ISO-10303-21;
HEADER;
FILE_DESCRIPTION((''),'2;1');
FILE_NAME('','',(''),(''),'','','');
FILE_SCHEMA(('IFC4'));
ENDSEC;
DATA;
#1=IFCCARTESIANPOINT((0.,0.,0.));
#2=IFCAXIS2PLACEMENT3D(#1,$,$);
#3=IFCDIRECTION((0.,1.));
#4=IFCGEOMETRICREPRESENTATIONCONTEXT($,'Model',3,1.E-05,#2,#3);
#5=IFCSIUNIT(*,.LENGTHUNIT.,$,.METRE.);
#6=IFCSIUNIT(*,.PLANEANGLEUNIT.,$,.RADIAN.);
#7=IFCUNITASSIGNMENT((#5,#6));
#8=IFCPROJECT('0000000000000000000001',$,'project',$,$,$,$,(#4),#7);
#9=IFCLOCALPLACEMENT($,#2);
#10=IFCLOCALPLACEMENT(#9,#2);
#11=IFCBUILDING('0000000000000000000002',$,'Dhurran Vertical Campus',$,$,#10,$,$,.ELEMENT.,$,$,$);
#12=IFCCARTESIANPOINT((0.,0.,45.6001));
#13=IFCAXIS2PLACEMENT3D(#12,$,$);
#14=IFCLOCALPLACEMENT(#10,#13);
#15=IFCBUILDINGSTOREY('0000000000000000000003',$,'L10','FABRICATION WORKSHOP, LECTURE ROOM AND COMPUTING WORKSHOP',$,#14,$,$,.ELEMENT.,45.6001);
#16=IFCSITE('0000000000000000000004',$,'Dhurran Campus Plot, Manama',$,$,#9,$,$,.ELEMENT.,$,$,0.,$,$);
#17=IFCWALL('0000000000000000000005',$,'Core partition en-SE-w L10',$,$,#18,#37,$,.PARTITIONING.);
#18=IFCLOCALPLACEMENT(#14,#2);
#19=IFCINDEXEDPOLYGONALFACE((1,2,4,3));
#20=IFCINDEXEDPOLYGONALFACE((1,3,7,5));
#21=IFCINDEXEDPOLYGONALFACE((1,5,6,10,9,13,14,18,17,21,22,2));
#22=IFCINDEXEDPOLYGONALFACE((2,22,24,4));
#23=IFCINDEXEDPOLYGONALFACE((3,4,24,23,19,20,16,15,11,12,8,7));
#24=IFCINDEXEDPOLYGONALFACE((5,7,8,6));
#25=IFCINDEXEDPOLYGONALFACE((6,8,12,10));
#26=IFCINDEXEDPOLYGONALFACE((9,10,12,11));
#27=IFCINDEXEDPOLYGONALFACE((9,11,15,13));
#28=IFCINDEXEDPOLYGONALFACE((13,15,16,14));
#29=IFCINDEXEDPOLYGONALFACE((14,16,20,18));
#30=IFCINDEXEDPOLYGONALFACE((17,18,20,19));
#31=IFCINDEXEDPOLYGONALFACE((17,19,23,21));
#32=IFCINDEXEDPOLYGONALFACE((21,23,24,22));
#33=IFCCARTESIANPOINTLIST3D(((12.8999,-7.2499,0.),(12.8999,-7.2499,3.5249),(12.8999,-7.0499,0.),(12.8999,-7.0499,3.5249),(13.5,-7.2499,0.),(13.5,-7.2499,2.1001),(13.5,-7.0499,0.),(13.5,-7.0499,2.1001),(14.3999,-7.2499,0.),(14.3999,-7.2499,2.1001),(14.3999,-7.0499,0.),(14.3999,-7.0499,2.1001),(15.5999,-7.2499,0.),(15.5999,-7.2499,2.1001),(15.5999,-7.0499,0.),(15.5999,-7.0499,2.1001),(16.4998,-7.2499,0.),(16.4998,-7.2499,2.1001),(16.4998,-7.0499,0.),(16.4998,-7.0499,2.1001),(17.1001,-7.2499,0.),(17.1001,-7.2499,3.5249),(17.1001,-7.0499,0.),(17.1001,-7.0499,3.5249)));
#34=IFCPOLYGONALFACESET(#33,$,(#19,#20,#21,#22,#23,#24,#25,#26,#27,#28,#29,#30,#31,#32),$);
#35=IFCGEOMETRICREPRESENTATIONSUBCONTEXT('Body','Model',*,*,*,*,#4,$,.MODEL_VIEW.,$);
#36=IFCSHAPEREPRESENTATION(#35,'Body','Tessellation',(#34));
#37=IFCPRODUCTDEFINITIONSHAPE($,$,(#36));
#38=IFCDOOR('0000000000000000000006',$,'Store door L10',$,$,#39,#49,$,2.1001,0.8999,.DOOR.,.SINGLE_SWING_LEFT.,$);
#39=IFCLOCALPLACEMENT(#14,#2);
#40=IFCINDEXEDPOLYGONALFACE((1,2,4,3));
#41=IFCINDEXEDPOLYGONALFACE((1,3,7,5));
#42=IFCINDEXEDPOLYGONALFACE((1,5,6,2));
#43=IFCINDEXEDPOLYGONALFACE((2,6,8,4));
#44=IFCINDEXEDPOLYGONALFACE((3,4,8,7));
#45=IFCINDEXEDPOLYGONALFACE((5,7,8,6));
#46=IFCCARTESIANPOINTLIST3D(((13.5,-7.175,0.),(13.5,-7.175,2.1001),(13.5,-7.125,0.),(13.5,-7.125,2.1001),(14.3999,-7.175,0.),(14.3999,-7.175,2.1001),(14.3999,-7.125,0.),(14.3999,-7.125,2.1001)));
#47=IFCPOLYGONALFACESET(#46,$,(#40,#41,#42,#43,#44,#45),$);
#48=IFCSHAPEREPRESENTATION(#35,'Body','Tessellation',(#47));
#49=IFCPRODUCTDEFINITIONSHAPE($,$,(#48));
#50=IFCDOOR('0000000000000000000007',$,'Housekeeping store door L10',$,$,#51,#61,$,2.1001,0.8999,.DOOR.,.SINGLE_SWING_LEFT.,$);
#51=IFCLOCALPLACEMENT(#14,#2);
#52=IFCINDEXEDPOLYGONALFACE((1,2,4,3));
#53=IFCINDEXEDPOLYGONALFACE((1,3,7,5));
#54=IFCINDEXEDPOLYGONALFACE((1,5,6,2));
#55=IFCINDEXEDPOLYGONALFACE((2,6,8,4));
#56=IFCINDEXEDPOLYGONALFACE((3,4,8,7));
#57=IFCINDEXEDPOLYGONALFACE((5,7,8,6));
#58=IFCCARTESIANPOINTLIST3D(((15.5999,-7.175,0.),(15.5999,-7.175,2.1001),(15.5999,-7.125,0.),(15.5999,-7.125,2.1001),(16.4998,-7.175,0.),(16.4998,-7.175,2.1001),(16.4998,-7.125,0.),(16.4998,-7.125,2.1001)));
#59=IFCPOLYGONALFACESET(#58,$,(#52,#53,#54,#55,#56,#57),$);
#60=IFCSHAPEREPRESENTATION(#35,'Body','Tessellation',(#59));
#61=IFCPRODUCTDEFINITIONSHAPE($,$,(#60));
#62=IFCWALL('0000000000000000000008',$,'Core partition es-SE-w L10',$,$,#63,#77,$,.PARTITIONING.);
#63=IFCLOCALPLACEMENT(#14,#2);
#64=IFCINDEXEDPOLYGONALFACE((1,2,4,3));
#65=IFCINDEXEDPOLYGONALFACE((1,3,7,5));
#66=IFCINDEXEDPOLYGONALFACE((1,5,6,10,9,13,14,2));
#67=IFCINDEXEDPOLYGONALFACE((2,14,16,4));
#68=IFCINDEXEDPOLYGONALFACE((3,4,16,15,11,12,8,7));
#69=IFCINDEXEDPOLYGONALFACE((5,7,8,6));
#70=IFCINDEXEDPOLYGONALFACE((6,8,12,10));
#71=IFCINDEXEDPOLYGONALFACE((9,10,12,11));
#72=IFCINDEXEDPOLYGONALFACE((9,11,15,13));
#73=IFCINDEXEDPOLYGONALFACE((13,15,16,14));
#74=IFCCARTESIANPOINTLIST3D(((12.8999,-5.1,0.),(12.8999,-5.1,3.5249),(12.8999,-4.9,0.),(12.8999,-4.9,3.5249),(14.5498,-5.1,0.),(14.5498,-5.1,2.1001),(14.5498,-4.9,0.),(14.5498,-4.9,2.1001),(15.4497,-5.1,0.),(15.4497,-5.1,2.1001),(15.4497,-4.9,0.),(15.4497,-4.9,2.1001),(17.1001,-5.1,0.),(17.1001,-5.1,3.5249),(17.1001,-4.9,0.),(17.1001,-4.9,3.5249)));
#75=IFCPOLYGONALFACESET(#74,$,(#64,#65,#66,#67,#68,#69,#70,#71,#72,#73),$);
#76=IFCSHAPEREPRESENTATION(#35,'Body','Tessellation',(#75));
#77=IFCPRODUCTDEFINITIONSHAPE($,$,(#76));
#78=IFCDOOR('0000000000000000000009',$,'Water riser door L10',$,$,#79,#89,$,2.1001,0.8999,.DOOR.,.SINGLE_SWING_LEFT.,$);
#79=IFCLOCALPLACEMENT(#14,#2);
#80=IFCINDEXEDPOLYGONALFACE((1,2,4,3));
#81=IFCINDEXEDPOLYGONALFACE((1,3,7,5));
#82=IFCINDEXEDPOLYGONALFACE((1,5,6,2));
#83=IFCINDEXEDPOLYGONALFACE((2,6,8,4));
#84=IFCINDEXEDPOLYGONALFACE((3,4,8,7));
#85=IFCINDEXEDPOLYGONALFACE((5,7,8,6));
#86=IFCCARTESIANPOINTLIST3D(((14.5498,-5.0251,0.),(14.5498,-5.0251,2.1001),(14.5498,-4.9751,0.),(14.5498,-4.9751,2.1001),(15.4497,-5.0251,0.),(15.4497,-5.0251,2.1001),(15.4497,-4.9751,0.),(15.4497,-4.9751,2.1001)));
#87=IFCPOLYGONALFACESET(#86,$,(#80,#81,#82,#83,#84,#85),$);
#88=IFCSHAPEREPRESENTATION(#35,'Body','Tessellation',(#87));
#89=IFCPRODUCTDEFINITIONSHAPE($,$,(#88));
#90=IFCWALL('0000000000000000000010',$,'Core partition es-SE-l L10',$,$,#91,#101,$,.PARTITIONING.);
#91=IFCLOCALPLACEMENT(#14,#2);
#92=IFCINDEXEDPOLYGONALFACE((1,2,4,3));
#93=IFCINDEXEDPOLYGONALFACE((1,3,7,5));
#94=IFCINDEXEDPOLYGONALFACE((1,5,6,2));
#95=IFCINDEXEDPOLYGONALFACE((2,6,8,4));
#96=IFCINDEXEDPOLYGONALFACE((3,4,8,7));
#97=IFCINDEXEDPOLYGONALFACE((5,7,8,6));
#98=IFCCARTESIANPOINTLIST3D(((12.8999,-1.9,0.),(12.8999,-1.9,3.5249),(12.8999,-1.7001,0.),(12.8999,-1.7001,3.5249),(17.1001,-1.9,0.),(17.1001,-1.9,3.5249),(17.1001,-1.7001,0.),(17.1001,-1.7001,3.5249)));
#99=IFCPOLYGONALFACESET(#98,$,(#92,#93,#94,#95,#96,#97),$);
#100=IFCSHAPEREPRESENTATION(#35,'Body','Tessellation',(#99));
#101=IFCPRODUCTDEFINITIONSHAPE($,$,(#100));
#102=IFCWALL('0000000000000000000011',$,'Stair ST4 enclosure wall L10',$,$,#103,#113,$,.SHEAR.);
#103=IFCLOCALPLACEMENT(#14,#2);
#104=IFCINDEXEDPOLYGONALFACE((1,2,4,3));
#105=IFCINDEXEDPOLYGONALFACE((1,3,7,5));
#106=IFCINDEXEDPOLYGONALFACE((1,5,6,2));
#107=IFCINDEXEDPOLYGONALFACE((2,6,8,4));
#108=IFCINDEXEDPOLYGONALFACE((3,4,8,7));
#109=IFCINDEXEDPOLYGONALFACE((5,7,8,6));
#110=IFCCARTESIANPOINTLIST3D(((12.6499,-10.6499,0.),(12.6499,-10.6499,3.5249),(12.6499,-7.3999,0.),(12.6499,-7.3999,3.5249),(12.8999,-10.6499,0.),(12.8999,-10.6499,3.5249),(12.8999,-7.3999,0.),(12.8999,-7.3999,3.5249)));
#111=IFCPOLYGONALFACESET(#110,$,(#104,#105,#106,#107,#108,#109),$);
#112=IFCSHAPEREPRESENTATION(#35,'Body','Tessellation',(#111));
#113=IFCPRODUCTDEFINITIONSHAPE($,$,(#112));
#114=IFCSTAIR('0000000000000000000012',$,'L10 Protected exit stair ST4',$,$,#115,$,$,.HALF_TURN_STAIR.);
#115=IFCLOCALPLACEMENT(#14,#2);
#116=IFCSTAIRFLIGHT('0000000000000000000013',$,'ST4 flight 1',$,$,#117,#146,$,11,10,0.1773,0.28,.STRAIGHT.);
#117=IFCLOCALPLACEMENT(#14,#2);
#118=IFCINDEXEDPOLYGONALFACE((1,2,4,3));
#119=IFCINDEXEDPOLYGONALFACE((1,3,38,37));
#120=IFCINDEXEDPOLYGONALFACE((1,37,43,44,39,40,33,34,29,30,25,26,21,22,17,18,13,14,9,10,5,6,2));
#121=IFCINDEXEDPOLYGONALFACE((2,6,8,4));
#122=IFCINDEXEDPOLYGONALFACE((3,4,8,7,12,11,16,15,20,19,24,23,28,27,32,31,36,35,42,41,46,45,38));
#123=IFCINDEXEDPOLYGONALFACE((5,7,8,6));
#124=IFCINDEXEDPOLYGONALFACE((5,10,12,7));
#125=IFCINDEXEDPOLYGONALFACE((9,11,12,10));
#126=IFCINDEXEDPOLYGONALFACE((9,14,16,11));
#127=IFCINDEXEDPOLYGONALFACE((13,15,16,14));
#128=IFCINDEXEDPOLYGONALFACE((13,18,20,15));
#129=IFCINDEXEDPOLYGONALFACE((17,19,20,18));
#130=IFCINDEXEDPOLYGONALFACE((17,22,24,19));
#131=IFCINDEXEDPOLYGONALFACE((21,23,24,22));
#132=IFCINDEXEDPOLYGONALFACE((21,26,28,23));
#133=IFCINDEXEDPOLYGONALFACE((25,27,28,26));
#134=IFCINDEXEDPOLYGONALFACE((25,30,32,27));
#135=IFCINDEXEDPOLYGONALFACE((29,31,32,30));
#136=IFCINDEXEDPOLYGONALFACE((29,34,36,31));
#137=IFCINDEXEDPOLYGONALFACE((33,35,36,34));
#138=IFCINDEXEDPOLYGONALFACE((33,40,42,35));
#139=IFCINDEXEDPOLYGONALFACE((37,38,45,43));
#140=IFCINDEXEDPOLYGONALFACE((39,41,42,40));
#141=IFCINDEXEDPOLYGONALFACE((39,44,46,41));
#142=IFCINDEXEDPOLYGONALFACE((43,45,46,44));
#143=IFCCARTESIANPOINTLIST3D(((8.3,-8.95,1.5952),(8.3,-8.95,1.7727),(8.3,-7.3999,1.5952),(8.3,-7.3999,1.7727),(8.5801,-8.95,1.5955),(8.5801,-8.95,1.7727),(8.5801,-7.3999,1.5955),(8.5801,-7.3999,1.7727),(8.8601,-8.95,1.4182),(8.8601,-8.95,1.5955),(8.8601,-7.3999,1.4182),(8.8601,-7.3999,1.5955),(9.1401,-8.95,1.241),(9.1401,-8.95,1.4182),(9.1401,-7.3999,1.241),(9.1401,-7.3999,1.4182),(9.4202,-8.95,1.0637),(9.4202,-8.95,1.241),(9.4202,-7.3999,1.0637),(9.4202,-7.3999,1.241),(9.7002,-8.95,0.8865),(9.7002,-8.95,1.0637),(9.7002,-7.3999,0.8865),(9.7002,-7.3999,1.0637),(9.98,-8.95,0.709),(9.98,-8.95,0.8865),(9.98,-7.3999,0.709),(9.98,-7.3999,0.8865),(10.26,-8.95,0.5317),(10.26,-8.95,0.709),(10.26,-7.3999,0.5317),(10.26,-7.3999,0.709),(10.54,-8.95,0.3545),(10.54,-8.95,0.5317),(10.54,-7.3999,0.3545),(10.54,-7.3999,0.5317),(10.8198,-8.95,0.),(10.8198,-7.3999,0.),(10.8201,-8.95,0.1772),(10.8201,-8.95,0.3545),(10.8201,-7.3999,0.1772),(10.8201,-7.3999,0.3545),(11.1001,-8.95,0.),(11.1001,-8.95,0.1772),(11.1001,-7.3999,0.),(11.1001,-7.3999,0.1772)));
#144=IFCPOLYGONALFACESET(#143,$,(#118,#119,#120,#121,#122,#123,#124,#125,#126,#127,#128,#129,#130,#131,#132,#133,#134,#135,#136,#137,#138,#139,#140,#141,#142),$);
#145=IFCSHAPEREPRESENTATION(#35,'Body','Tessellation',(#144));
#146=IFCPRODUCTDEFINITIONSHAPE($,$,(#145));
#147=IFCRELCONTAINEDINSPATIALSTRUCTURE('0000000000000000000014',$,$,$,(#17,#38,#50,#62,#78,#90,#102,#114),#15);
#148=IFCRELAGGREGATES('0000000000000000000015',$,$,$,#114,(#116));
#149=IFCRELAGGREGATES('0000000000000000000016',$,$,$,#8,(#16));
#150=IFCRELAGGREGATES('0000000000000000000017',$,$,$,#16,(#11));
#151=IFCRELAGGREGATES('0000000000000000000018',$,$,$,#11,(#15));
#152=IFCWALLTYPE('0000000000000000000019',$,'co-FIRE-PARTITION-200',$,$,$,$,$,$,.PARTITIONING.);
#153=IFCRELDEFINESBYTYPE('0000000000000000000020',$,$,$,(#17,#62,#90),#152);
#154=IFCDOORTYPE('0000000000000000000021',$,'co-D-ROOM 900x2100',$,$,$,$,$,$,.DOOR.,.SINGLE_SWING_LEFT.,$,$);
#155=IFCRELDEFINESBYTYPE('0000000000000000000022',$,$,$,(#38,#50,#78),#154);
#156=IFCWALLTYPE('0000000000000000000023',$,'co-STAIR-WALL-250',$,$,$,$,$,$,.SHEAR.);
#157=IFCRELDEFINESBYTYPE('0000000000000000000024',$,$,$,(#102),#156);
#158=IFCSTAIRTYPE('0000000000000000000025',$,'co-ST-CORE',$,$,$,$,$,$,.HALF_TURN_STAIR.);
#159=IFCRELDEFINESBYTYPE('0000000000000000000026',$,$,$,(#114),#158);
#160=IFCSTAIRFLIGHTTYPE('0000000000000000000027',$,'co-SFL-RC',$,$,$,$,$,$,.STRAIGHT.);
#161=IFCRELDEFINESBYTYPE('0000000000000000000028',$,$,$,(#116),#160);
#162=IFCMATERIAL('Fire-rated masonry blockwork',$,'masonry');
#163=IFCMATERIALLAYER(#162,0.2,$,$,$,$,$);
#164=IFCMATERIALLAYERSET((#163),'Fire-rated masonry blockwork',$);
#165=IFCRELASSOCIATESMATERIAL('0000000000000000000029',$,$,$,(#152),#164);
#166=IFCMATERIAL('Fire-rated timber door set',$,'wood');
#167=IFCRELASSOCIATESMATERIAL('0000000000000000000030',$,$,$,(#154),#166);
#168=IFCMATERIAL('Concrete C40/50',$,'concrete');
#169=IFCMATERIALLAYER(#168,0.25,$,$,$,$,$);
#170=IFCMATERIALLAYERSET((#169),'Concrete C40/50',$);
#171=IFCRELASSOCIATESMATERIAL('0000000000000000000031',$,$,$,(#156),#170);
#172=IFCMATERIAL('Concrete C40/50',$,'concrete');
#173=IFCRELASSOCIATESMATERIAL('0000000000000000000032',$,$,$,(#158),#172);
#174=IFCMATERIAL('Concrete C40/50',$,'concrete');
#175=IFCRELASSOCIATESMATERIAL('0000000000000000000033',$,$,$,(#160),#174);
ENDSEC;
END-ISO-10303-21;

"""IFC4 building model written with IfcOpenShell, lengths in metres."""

from ifc_helpers import new_model, si_unit, direction, frame, frame_2d, origin, place, context, subcontext, project, spatial, polyline, rectangle, outline, extrude, material, layer, layer_set, type_object, element, fill, aggregate, save


model = new_model("IFC4")

# Units and contexts
model_context = context("Model", 3, precision=1e-05, world=origin(), true_north=direction((0.0, 1.0)))
body_context = subcontext(model_context, "Body", "Model", "MODEL_VIEW")
ifc_project = project(units=[si_unit("LENGTHUNIT", "METRE"), si_unit("PLANEANGLEUNIT", "RADIAN")], contexts=[model_context])

# Site, building, storey
site_placement = place(None, origin())
site = spatial("IfcSite", under=ifc_project, at=site_placement, Name="Dhurran Campus Plot, Manama", CompositionType="ELEMENT", RefElevation=0.0)
building_placement = place(site_placement, origin())
building = spatial("IfcBuilding", under=site, at=building_placement, Name="Dhurran Vertical Campus", CompositionType="ELEMENT")
storey_placement = place(building_placement, frame((0.0, 0.0, 45.6001)))
storey = spatial("IfcBuildingStorey", under=building, at=storey_placement, Name="L10", Description="FABRICATION WORKSHOP, LECTURE ROOM AND COMPUTING WORKSHOP", CompositionType="ELEMENT", Elevation=45.6001)

# Shared definitions
ifc_material_1 = material(Name="Fire-rated masonry blockwork", Category="masonry")
ifc_layer_1 = layer(ifc_material_1, 0.2)
ifc_layer_set_1 = layer_set([ifc_layer_1], Name="Fire-rated masonry blockwork")
wall_type_1 = type_object("IfcWallType", Name="co-FIRE-PARTITION-200", PredefinedType="PARTITIONING", material=ifc_layer_set_1)

# Wall, openings, doors
wall_1_placement = place(storey_placement, frame((12.8999, -7.1499, 0.0), z_axis=(0.0, 0.0, 1.0), x_axis=(1.0, 0.0, 0.0)))
wall_1 = element("IfcWall", 1, at=wall_1_placement, inside=storey, type_object=wall_type_1, Name="Core partition en-SE-w L10", PredefinedType="PARTITIONING", context=body_context, shape_type="SweptSolid", body=[
    extrude(rectangle(XDim=4.2002, YDim=0.2, at=frame_2d((2.1001, 0.0))), origin(), (0.0, 0.0, 1.0), 3.5249),
])
opening_1_placement = place(wall_1_placement, frame((0.6001, 0.0, 0.0)))
opening_1 = element("IfcOpeningElement", 2, at=opening_1_placement, cuts=wall_1, PredefinedType="OPENING", context=body_context, shape_type="SweptSolid", body=[
    extrude(rectangle(XDim=0.8999, YDim=2.1001, at=frame_2d((0.45, 1.05))), frame((0.0, 0.1099, 0.0), z_axis=(0.0, -1.0, 0.0), x_axis=(1.0, 0.0, 0.0)), (0.0, 0.0, 1.0), 0.22),
])
opening_2_placement = place(wall_1_placement, frame((2.7, 0.0, 0.0)))
opening_2 = element("IfcOpeningElement", 3, at=opening_2_placement, cuts=wall_1, PredefinedType="OPENING", context=body_context, shape_type="SweptSolid", body=[
    extrude(rectangle(XDim=0.8999, YDim=2.1001, at=frame_2d((0.45, 1.05))), frame((0.0, 0.1099, 0.0), z_axis=(0.0, -1.0, 0.0), x_axis=(1.0, 0.0, 0.0)), (0.0, 0.0, 1.0), 0.22),
])
ifc_material_2 = material(Name="Fire-rated timber door set", Category="wood")
door_type_1 = type_object("IfcDoorType", Name="co-D-ROOM 900x2100", OperationType="SINGLE_SWING_LEFT", PredefinedType="DOOR", material=ifc_material_2)
door_1_placement = place(opening_1_placement, origin())
door_1 = element("IfcDoor", 4, at=door_1_placement, inside=storey, type_object=door_type_1, Name="Store door L10", OperationType="SINGLE_SWING_LEFT", OverallHeight=2.1001, OverallWidth=0.8999, PredefinedType="DOOR", context=body_context, shape_type="SweptSolid", body=[
    extrude(rectangle(XDim=0.8999, YDim=2.1001, at=frame_2d((0.45, 1.05))), frame((0.0, 0.0249, 0.0), z_axis=(0.0, -1.0, 0.0), x_axis=(1.0, 0.0, 0.0)), (0.0, 0.0, 1.0), 0.05),
])
fill(opening_1, door_1)
door_2_placement = place(opening_2_placement, origin())
door_2 = element("IfcDoor", 5, at=door_2_placement, inside=storey, type_object=door_type_1, Name="Housekeeping store door L10", OperationType="SINGLE_SWING_LEFT", OverallHeight=2.1001, OverallWidth=0.8999, PredefinedType="DOOR", context=body_context, shape_type="SweptSolid", body=[
    extrude(rectangle(XDim=0.8999, YDim=2.1001, at=frame_2d((0.45, 1.05))), frame((0.0, 0.0249, 0.0), z_axis=(0.0, -1.0, 0.0), x_axis=(1.0, 0.0, 0.0)), (0.0, 0.0, 1.0), 0.05),
])
fill(opening_2, door_2)

# Wall, opening, door
wall_2_placement = place(storey_placement, frame((12.8999, -5.0, 0.0), z_axis=(0.0, 0.0, 1.0), x_axis=(1.0, 0.0, 0.0)))
wall_2 = element("IfcWall", 6, at=wall_2_placement, inside=storey, type_object=wall_type_1, Name="Core partition es-SE-w L10", PredefinedType="PARTITIONING", context=body_context, shape_type="SweptSolid", body=[
    extrude(rectangle(XDim=4.2002, YDim=0.2, at=frame_2d((2.1001, 0.0))), origin(), (0.0, 0.0, 1.0), 3.5249),
])
opening_3_placement = place(wall_2_placement, frame((1.6499, 0.0, 0.0)))
opening_3 = element("IfcOpeningElement", 7, at=opening_3_placement, cuts=wall_2, PredefinedType="OPENING", context=body_context, shape_type="SweptSolid", body=[
    extrude(rectangle(XDim=0.8999, YDim=2.1001, at=frame_2d((0.45, 1.05))), frame((0.0, 0.1099, 0.0), z_axis=(0.0, -1.0, 0.0), x_axis=(1.0, 0.0, 0.0)), (0.0, 0.0, 1.0), 0.22),
])
door_3_placement = place(opening_3_placement, origin())
door_3 = element("IfcDoor", 8, at=door_3_placement, inside=storey, type_object=door_type_1, Name="Water riser door L10", OperationType="SINGLE_SWING_LEFT", OverallHeight=2.1001, OverallWidth=0.8999, PredefinedType="DOOR", context=body_context, shape_type="SweptSolid", body=[
    extrude(rectangle(XDim=0.8999, YDim=2.1001, at=frame_2d((0.45, 1.05))), frame((0.0, 0.0249, 0.0), z_axis=(0.0, -1.0, 0.0), x_axis=(1.0, 0.0, 0.0)), (0.0, 0.0, 1.0), 0.05),
])
fill(opening_3, door_3)

# Walls
wall_3_placement = place(storey_placement, frame((12.8999, -1.8, 0.0), z_axis=(0.0, 0.0, 1.0), x_axis=(1.0, 0.0, 0.0)))
element("IfcWall", 9, at=wall_3_placement, inside=storey, type_object=wall_type_1, Name="Core partition es-SE-l L10", PredefinedType="PARTITIONING", context=body_context, shape_type="SweptSolid", body=[
    extrude(rectangle(XDim=4.2002, YDim=0.2, at=frame_2d((2.1001, 0.0))), origin(), (0.0, 0.0, 1.0), 3.5249),
])
ifc_material_3 = material(Name="Concrete C40/50", Category="concrete")
ifc_layer_2 = layer(ifc_material_3, 0.25)
ifc_layer_set_2 = layer_set([ifc_layer_2], Name="Concrete C40/50")
wall_type_2 = type_object("IfcWallType", Name="co-STAIR-WALL-250", PredefinedType="SHEAR", material=ifc_layer_set_2)
wall_4_placement = place(storey_placement, frame((12.7749, -10.6499, 0.0), z_axis=(0.0, 0.0, 1.0), x_axis=(0.0, 1.0, 0.0)))
element("IfcWall", 10, at=wall_4_placement, inside=storey, type_object=wall_type_2, Name="Stair ST4 enclosure wall L10", PredefinedType="SHEAR", context=body_context, shape_type="SweptSolid", body=[
    extrude(rectangle(XDim=3.25, YDim=0.25, at=frame_2d((1.625, 0.0))), origin(), (0.0, 0.0, 1.0), 3.5249),
])

# Stair, stair flight
ifc_material_4 = material(Name="Concrete C40/50", Category="concrete")
stair_type = type_object("IfcStairType", Name="co-ST-CORE", PredefinedType="HALF_TURN_STAIR", material=ifc_material_4)
stair_placement = place(storey_placement, origin())
stair = element("IfcStair", 11, at=stair_placement, inside=storey, type_object=stair_type, Name="L10 Protected exit stair ST4", PredefinedType="HALF_TURN_STAIR")
ifc_material_5 = material(Name="Concrete C40/50", Category="concrete")
stair_flight_type = type_object("IfcStairFlightType", Name="co-SFL-RC", PredefinedType="STRAIGHT", material=ifc_material_5)
stair_flight_placement = place(storey_placement, frame((11.1001, -8.175, 0.0), z_axis=(0.0, 0.0, 1.0), x_axis=(-1.0, 0.0, 0.0)))
stair_flight = element("IfcStairFlight", 12, at=stair_flight_placement, type_object=stair_flight_type, Name="ST4 flight 1", NumberOfRisers=11, NumberOfTreads=10, PredefinedType="STRAIGHT", RiserHeight=0.1773, TreadLength=0.28, context=body_context, shape_type="SweptSolid", body=[
    extrude(outline(polyline([(0.0, 0.0), (0.0, 0.1772), (0.28, 0.1772), (0.28, 0.3545), (0.5601, 0.3545), (0.5601, 0.5317), (0.8401, 0.5317), (0.8401, 0.709), (1.1201, 0.709), (1.1201, 0.8865), (1.3999, 0.8865), (1.3999, 1.0637), (1.6799, 1.0637), (1.6799, 1.241), (1.96, 1.241), (1.96, 1.4182), (2.24, 1.4182), (2.24, 1.5955), (2.52, 1.5955), (2.52, 1.7727), (2.8, 1.7727), (2.8, 1.95), (2.8, 1.5952), (0.2803, 0.0), (0.0, 0.0)])), frame((0.0, 0.7749, 0.0), z_axis=(0.0, -1.0, 0.0), x_axis=(1.0, 0.0, 0.0)), (0.0, 0.0, 1.0), 1.55),
])
aggregate(stair, [stair_flight])

save(model, "model.ifc")
